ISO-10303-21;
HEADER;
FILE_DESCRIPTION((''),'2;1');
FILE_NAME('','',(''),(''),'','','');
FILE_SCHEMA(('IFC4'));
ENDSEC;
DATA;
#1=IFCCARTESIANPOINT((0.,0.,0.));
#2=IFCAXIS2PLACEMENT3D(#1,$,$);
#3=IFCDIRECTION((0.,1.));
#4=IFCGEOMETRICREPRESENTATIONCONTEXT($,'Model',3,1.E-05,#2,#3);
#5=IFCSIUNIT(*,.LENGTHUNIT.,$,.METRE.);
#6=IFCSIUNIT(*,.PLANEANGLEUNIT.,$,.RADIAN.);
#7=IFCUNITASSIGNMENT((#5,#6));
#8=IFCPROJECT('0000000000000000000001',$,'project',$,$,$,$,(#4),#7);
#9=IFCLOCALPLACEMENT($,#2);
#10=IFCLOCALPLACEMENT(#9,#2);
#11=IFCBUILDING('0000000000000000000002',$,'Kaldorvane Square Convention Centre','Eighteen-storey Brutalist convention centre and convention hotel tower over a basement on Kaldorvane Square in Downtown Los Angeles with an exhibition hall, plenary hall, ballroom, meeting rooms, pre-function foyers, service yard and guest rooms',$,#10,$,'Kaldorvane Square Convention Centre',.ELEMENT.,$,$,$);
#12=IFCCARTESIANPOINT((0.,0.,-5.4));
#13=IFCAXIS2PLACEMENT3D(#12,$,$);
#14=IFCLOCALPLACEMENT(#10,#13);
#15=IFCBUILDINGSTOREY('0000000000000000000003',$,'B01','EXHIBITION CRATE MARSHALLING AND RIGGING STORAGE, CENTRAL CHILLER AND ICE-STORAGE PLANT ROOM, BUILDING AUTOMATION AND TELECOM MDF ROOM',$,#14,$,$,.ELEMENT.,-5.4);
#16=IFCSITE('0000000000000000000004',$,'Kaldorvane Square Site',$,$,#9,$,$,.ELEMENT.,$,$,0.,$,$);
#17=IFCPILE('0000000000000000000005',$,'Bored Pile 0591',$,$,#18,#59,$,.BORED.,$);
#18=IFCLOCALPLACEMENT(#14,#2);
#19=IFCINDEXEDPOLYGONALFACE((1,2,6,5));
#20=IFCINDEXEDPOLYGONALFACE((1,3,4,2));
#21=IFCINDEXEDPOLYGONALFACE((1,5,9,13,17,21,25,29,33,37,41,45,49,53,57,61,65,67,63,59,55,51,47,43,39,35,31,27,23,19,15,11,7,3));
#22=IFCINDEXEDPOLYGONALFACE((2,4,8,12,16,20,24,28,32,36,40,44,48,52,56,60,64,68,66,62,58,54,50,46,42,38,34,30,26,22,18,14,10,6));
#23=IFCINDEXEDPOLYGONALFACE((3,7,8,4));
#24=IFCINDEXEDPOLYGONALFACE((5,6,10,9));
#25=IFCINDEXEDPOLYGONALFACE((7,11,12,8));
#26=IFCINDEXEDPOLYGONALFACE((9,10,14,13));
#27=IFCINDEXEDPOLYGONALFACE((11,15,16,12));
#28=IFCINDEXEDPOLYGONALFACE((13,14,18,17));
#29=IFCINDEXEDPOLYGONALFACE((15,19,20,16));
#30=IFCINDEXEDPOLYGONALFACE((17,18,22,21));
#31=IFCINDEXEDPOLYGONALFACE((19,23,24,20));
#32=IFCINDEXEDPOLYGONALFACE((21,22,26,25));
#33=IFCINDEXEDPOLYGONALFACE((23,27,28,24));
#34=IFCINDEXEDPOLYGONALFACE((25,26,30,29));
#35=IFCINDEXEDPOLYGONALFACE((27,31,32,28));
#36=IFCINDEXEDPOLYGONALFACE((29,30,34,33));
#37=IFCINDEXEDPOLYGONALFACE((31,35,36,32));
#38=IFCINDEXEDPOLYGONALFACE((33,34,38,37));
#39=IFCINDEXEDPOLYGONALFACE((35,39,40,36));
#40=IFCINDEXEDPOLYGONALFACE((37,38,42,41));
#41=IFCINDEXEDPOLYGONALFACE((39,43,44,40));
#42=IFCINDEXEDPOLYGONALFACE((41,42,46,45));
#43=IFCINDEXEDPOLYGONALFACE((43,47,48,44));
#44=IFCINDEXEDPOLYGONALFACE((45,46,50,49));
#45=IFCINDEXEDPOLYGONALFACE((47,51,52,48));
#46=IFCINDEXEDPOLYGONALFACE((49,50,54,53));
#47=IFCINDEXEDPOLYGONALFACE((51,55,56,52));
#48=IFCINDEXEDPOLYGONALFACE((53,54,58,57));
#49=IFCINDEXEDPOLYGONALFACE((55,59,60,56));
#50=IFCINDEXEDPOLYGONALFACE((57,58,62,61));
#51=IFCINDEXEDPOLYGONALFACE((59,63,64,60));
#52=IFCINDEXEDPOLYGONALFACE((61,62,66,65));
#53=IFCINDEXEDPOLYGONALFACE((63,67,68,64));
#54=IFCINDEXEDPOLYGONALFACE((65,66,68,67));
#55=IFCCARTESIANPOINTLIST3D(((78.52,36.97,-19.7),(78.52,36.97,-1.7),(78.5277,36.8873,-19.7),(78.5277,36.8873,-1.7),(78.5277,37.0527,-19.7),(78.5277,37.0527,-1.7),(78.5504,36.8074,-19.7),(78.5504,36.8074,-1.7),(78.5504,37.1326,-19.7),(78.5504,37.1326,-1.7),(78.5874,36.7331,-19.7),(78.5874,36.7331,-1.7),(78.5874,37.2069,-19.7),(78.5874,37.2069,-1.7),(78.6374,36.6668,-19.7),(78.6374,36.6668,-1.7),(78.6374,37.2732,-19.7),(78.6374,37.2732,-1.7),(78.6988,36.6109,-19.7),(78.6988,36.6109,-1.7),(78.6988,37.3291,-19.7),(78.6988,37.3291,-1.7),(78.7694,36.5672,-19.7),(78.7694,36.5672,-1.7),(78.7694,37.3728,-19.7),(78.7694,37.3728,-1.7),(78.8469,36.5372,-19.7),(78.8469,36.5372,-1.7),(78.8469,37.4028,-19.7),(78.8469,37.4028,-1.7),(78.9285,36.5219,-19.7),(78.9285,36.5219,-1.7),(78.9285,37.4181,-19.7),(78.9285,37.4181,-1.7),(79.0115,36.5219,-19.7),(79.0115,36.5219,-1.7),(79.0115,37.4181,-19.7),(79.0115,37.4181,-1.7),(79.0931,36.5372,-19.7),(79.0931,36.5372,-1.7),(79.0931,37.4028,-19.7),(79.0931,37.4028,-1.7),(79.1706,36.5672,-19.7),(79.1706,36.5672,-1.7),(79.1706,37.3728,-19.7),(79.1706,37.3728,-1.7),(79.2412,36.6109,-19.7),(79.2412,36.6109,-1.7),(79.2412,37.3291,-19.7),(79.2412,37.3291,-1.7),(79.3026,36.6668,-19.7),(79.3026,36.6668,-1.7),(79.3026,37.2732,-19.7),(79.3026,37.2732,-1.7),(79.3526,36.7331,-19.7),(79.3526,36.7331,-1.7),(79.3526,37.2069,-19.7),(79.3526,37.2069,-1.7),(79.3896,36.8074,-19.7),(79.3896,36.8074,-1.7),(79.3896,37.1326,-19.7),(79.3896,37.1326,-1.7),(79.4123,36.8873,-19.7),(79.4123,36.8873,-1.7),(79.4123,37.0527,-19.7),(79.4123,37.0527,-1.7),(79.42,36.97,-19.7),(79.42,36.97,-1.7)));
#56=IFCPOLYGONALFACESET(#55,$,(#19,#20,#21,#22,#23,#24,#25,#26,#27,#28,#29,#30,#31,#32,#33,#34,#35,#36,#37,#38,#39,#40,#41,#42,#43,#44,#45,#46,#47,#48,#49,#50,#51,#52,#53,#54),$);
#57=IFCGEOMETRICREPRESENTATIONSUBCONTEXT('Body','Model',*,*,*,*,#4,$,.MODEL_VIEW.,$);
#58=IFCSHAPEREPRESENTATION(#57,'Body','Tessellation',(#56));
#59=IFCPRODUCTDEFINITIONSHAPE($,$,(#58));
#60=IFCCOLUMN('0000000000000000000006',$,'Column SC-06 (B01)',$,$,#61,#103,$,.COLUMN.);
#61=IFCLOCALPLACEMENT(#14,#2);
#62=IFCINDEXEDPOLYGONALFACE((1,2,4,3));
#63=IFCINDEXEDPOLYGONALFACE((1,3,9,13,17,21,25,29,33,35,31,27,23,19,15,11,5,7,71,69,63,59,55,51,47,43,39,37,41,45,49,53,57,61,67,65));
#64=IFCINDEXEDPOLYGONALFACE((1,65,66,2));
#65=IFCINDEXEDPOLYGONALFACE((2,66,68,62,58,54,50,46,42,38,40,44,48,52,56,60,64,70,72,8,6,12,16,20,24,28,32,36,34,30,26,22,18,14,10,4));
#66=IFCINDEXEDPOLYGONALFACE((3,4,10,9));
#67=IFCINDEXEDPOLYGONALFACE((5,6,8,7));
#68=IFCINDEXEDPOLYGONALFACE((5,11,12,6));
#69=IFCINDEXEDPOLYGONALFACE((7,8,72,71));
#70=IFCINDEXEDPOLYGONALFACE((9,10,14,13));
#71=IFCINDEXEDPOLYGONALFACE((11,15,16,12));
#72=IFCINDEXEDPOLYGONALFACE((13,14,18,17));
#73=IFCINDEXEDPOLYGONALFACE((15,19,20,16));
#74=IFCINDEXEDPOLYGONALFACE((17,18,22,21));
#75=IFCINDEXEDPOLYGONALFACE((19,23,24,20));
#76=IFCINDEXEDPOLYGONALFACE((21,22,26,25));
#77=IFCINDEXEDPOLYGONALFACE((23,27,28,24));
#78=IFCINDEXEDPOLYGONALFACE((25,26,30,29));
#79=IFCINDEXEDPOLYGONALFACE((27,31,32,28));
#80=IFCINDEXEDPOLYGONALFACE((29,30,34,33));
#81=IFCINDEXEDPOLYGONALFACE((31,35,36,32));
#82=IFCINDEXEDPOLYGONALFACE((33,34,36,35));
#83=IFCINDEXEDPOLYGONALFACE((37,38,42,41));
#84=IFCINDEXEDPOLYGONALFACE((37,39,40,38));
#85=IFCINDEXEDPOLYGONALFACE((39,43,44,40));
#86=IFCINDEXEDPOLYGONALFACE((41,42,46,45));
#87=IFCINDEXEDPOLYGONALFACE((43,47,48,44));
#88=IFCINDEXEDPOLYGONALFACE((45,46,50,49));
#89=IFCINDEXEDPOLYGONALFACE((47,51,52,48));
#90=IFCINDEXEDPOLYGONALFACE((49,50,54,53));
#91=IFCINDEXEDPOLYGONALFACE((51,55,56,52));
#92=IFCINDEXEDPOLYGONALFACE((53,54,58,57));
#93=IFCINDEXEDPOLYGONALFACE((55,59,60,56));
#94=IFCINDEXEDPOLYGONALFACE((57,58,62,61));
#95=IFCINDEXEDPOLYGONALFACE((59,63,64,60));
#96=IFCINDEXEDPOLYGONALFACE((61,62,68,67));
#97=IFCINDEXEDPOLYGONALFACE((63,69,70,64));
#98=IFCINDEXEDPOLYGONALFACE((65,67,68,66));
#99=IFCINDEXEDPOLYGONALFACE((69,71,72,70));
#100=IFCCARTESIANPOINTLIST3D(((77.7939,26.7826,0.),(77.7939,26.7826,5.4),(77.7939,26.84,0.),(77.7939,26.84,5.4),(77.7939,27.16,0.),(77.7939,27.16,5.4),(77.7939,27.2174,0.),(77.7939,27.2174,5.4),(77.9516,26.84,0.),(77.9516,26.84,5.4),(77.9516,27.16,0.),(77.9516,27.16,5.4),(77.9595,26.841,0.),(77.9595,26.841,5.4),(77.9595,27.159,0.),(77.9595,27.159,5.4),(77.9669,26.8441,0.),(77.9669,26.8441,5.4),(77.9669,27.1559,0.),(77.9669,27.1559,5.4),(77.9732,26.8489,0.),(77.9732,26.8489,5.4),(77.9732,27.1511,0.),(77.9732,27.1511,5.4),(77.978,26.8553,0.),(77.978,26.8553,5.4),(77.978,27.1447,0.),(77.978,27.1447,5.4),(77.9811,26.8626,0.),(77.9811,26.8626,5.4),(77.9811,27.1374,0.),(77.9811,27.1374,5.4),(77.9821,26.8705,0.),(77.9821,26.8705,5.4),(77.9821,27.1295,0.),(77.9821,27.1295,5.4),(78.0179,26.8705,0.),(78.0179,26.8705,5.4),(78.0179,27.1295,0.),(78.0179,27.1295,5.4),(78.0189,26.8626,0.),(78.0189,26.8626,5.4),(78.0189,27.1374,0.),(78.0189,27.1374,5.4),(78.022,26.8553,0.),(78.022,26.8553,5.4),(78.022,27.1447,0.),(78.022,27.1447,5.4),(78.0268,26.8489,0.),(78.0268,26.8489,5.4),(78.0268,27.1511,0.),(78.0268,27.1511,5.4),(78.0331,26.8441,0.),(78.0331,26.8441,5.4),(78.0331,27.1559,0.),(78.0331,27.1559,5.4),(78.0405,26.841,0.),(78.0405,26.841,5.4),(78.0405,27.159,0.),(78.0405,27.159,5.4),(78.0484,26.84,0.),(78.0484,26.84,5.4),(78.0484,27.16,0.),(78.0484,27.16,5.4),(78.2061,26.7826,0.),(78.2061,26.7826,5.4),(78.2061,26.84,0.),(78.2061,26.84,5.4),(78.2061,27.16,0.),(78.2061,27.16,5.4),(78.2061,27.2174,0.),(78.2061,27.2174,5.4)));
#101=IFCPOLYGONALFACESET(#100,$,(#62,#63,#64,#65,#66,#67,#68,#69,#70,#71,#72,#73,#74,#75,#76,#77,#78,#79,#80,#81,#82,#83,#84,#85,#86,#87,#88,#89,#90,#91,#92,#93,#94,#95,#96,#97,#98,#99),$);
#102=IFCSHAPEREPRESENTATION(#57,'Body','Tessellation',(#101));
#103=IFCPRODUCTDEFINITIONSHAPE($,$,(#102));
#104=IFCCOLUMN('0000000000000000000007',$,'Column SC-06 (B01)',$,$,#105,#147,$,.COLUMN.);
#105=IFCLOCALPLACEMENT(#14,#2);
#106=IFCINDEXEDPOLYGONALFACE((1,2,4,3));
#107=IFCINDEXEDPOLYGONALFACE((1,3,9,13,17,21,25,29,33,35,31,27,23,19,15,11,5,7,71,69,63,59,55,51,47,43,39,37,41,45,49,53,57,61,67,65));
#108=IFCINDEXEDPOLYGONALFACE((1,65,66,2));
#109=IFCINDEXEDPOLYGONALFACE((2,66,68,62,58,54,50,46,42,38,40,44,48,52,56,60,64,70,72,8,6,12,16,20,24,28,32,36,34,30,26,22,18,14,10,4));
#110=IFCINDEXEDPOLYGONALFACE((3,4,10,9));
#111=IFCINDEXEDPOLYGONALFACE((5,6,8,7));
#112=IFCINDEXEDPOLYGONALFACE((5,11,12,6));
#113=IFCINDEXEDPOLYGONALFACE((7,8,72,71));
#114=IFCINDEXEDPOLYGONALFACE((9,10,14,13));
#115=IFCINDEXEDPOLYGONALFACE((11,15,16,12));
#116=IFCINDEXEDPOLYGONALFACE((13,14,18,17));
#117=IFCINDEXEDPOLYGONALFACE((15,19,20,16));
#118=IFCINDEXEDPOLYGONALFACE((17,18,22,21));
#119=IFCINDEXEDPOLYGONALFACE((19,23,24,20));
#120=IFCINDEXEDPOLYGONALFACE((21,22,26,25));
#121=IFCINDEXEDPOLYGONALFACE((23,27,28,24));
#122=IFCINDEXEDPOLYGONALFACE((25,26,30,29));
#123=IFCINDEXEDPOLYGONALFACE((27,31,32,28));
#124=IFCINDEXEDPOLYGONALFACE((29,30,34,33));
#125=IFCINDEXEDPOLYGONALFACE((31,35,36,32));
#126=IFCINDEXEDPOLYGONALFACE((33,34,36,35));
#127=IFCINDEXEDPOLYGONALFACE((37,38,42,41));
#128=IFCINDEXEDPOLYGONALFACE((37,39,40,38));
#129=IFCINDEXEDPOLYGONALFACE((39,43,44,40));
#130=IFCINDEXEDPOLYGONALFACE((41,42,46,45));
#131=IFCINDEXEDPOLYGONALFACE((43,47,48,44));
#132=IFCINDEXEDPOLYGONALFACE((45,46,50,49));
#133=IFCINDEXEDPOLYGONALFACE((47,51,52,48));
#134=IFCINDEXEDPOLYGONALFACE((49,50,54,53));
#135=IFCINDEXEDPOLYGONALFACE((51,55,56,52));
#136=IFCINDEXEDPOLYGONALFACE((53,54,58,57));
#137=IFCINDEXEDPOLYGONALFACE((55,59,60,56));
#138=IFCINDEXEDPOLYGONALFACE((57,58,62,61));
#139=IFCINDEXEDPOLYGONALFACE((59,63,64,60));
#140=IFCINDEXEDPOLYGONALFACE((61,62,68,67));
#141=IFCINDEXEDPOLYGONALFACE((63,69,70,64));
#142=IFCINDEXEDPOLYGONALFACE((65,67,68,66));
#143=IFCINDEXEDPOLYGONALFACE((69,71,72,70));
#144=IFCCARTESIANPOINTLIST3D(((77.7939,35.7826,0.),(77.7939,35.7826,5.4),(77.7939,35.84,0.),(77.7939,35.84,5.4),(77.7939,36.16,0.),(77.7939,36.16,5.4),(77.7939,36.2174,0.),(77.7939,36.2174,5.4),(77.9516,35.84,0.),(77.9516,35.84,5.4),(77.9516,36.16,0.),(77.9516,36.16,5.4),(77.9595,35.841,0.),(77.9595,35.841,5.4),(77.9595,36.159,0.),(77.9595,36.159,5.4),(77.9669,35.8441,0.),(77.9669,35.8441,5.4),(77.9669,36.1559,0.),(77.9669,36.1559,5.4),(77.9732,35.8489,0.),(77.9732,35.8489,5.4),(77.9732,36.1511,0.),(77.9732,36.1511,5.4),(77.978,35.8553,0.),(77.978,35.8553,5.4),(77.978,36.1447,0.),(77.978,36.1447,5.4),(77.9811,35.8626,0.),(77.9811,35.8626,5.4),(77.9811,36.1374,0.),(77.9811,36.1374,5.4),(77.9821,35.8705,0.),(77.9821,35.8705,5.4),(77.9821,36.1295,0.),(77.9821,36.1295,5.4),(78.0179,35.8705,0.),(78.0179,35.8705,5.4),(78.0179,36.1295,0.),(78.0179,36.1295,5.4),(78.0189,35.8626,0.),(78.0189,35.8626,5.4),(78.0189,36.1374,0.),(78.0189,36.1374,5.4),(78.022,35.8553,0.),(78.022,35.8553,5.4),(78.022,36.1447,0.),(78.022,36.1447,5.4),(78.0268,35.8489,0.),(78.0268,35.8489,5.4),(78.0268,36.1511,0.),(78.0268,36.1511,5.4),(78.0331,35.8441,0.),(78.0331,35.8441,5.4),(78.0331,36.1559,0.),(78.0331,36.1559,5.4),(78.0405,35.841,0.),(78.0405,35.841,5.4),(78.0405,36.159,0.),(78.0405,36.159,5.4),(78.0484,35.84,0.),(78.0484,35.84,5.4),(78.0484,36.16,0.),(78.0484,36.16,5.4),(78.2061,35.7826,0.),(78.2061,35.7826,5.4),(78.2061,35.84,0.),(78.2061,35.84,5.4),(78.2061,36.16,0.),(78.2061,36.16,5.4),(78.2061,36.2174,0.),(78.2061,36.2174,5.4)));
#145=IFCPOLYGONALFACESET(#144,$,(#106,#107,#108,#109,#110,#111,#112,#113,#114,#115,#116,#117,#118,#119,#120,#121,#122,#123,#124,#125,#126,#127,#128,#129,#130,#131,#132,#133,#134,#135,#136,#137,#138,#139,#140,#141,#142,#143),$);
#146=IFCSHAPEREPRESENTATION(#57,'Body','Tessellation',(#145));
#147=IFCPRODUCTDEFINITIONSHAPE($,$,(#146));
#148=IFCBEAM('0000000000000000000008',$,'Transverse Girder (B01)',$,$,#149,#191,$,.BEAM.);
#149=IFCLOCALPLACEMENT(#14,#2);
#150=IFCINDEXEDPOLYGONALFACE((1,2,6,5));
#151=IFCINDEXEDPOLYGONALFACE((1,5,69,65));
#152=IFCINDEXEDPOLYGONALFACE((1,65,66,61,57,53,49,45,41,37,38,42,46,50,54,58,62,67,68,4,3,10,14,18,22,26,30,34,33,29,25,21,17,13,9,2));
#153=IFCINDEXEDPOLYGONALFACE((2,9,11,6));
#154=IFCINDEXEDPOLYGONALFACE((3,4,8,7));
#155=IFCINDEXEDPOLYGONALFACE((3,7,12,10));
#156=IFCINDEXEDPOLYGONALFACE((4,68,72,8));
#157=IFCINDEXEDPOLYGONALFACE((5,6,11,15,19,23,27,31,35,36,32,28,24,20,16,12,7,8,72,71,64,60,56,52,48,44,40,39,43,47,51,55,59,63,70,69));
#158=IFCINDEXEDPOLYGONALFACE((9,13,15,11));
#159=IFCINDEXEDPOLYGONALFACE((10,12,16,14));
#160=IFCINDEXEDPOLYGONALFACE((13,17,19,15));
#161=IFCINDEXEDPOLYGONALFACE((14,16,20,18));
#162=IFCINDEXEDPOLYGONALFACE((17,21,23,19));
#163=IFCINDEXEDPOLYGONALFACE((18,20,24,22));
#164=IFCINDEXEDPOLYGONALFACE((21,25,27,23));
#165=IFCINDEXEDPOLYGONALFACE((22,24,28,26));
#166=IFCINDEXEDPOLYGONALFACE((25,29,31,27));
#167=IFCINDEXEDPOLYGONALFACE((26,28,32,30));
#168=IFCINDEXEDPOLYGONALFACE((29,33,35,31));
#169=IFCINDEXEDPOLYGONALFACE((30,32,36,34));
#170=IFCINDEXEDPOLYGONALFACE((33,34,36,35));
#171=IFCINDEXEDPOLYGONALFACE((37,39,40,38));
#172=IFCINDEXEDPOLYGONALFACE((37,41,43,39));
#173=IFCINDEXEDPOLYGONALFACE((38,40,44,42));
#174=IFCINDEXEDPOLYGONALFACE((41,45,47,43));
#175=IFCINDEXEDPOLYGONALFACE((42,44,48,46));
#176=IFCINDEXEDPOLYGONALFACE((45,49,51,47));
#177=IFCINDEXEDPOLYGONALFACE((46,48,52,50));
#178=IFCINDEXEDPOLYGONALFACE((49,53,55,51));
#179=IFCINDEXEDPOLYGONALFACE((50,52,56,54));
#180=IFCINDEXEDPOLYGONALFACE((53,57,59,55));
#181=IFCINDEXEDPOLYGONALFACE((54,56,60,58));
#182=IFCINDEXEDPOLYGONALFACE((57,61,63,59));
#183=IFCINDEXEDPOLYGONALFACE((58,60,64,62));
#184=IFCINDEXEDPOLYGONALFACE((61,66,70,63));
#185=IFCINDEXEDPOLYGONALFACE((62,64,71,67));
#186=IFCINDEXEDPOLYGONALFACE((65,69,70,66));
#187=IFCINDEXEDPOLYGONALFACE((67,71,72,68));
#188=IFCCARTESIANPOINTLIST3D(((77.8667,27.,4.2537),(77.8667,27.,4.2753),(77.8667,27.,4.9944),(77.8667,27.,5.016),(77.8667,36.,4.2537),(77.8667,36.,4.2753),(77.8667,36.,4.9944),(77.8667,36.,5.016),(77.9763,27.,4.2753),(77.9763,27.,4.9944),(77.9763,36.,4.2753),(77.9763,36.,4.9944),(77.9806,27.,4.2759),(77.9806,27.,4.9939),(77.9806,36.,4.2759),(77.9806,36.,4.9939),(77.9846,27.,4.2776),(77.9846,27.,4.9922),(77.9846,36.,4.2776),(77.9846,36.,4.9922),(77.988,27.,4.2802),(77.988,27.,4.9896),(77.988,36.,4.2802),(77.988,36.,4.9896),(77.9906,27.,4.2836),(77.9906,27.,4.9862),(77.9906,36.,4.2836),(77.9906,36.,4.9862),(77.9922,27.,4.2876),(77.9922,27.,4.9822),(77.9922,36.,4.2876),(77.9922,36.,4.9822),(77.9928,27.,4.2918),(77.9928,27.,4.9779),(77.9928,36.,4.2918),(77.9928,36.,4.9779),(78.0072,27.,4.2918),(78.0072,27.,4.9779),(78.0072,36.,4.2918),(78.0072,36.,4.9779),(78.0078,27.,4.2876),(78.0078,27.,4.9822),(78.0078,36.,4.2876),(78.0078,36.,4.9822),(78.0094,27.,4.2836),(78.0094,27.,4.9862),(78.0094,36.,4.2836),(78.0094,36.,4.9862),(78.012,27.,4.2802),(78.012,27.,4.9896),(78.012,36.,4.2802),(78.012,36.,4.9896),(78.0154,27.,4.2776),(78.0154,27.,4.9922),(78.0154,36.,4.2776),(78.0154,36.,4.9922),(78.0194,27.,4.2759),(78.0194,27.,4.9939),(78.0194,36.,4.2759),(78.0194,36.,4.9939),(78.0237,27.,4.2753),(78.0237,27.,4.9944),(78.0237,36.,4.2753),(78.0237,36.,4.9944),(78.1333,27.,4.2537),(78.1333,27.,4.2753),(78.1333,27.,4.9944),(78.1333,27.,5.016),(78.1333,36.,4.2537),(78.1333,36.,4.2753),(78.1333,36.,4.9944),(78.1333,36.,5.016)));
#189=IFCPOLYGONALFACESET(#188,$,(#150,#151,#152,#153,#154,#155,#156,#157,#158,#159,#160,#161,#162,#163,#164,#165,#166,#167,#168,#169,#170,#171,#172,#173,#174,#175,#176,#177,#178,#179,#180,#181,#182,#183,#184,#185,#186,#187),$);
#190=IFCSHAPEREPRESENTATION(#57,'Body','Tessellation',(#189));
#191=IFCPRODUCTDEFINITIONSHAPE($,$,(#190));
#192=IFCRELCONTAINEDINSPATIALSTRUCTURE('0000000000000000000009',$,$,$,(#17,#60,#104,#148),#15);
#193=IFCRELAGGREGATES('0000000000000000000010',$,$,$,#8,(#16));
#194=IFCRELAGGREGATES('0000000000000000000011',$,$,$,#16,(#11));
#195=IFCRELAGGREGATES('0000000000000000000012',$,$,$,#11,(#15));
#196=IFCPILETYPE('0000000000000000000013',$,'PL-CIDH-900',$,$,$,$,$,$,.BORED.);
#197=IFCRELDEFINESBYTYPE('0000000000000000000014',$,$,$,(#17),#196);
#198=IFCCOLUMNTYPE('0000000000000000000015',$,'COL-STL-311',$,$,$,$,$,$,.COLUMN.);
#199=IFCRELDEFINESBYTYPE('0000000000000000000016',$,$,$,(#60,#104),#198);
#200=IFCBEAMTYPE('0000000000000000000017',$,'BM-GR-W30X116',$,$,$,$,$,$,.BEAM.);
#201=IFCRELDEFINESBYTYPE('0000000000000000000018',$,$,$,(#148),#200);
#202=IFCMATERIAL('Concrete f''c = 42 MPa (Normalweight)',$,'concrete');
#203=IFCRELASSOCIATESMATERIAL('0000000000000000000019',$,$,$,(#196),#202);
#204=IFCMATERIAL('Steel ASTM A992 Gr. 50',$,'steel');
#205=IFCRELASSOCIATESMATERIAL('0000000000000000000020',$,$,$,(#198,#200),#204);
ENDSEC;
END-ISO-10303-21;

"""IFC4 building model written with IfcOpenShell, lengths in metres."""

from ifc_helpers import new_model, si_unit, direction, frame, origin, origin_2d, place, context, subcontext, project, spatial, circle, i_section, extrude, material, material_profile, profile_set, type_object, element, save


model = new_model("IFC4")

# Units and contexts
model_context = context("Model", 3, precision=1e-05, world=origin(), true_north=direction((0.0, 1.0)))
body_context = subcontext(model_context, "Body", "Model", "MODEL_VIEW")
ifc_project = project(units=[si_unit("LENGTHUNIT", "METRE"), si_unit("PLANEANGLEUNIT", "RADIAN")], contexts=[model_context])

# Site, building, storey
site_placement = place(None, origin())
site = spatial("IfcSite", under=ifc_project, at=site_placement, Name="Kaldorvane Square Site", CompositionType="ELEMENT", RefElevation=0.0)
building_placement = place(site_placement, origin())
building = spatial("IfcBuilding", under=site, at=building_placement, Name="Kaldorvane Square Convention Centre", Description="Eighteen-storey Brutalist convention centre and convention hotel tower over a basement on Kaldorvane Square in Downtown Los Angeles with an exhibition hall, plenary hall, ballroom, meeting rooms, pre-function foyers, service yard and guest rooms", LongName="Kaldorvane Square Convention Centre", CompositionType="ELEMENT")
storey_placement = place(building_placement, frame((0.0, 0.0, -5.4)))
storey = spatial("IfcBuildingStorey", under=building, at=storey_placement, Name="B01", Description="EXHIBITION CRATE MARSHALLING AND RIGGING STORAGE, CENTRAL CHILLER AND ICE-STORAGE PLANT ROOM, BUILDING AUTOMATION AND TELECOM MDF ROOM", CompositionType="ELEMENT", Elevation=-5.4)

# Shared definitions
ifc_material_1 = material(Name="Concrete f'c = 42 MPa (Normalweight)", Category="concrete")

# Pile
ifc_material_profile_1 = material_profile(ifc_material_1, circle(Radius=0.45, at=origin_2d()), Name="PILE-D900")
ifc_profile_set_1 = profile_set([ifc_material_profile_1], Name="Concrete f'c = 42 MPa (Normalweight)")
pile_type = type_object("IfcPileType", Name="PL-CIDH-900", PredefinedType="BORED", material=ifc_profile_set_1)
for number, where, z_axis, x_axis, name in (
    (1, (78.97, 36.97, -1.7), (0.0, 0.0, -1.0), (1.0, 0.0, 0.0), "Bored Pile 0591"),
):
    element("IfcPile", number, at=place(storey_placement, frame(where, z_axis=z_axis, x_axis=x_axis)), inside=storey, type_object=pile_type, Name=name, PredefinedType="BORED", context=body_context, shape_type="SweptSolid", body=[
        extrude(circle(Radius=0.45, at=origin_2d()), origin(), (0.0, 0.0, 1.0), 18.0),
    ])

# Columns
ifc_material_2 = material(Name="Steel ASTM A992 Gr. 50", Category="steel")
ifc_material_profile_2 = material_profile(ifc_material_2, i_section(OverallWidth=0.4122, OverallDepth=0.4348, WebThickness=0.0358, FlangeThickness=0.0574, FilletRadius=0.0305, at=origin_2d()), Name="W14X311")
ifc_profile_set_2 = profile_set([ifc_material_profile_2], Name="Steel ASTM A992 Gr. 50")
column_type = type_object("IfcColumnType", Name="COL-STL-311", PredefinedType="COLUMN", material=ifc_profile_set_2)
for number, where, z_axis, x_axis, name in (
    (2, (78.0, 27.0, 0.0), (0.0, 0.0, 1.0), (1.0, 0.0, 0.0), "Column SC-06 (B01)"),
    (3, (78.0, 36.0, 0.0), (0.0, 0.0, 1.0), (1.0, 0.0, 0.0), "Column SC-06 (B01)"),
):
    element("IfcColumn", number, at=place(storey_placement, frame(where, z_axis=z_axis, x_axis=x_axis)), inside=storey, type_object=column_type, Name=name, PredefinedType="COLUMN", context=body_context, shape_type="SweptSolid", body=[
        extrude(i_section(OverallWidth=0.4122, OverallDepth=0.4348, WebThickness=0.0358, FlangeThickness=0.0574, FilletRadius=0.0305, at=origin_2d()), origin(), (0.0, 0.0, 1.0), 5.4),
    ])

# Beam
ifc_material_profile_3 = material_profile(ifc_material_2, i_section(OverallWidth=0.2666, OverallDepth=0.7623, WebThickness=0.0144, FlangeThickness=0.0216, FilletRadius=0.0165, at=origin_2d()), Name="W30X116")
ifc_profile_set_3 = profile_set([ifc_material_profile_3], Name="Steel ASTM A992 Gr. 50")
beam_type_1 = type_object("IfcBeamType", Name="BM-GR-W30X116", PredefinedType="BEAM", material=ifc_profile_set_3)
for number, where, z_axis, x_axis, name in (
    (4, (78.0, 27.0, 4.6349), (0.0, 1.0, 0.0), (-1.0, 0.0, 0.0), "Transverse Girder (B01)"),
):
    element("IfcBeam", number, at=place(storey_placement, frame(where, z_axis=z_axis, x_axis=x_axis)), inside=storey, type_object=beam_type_1, Name=name, PredefinedType="BEAM", context=body_context, shape_type="SweptSolid", body=[
        extrude(i_section(OverallWidth=0.2666, OverallDepth=0.7623, WebThickness=0.0144, FlangeThickness=0.0216, FilletRadius=0.0165, at=origin_2d()), origin(), (0.0, 0.0, 1.0), 9.0),
    ])

save(model, "model.ifc")
